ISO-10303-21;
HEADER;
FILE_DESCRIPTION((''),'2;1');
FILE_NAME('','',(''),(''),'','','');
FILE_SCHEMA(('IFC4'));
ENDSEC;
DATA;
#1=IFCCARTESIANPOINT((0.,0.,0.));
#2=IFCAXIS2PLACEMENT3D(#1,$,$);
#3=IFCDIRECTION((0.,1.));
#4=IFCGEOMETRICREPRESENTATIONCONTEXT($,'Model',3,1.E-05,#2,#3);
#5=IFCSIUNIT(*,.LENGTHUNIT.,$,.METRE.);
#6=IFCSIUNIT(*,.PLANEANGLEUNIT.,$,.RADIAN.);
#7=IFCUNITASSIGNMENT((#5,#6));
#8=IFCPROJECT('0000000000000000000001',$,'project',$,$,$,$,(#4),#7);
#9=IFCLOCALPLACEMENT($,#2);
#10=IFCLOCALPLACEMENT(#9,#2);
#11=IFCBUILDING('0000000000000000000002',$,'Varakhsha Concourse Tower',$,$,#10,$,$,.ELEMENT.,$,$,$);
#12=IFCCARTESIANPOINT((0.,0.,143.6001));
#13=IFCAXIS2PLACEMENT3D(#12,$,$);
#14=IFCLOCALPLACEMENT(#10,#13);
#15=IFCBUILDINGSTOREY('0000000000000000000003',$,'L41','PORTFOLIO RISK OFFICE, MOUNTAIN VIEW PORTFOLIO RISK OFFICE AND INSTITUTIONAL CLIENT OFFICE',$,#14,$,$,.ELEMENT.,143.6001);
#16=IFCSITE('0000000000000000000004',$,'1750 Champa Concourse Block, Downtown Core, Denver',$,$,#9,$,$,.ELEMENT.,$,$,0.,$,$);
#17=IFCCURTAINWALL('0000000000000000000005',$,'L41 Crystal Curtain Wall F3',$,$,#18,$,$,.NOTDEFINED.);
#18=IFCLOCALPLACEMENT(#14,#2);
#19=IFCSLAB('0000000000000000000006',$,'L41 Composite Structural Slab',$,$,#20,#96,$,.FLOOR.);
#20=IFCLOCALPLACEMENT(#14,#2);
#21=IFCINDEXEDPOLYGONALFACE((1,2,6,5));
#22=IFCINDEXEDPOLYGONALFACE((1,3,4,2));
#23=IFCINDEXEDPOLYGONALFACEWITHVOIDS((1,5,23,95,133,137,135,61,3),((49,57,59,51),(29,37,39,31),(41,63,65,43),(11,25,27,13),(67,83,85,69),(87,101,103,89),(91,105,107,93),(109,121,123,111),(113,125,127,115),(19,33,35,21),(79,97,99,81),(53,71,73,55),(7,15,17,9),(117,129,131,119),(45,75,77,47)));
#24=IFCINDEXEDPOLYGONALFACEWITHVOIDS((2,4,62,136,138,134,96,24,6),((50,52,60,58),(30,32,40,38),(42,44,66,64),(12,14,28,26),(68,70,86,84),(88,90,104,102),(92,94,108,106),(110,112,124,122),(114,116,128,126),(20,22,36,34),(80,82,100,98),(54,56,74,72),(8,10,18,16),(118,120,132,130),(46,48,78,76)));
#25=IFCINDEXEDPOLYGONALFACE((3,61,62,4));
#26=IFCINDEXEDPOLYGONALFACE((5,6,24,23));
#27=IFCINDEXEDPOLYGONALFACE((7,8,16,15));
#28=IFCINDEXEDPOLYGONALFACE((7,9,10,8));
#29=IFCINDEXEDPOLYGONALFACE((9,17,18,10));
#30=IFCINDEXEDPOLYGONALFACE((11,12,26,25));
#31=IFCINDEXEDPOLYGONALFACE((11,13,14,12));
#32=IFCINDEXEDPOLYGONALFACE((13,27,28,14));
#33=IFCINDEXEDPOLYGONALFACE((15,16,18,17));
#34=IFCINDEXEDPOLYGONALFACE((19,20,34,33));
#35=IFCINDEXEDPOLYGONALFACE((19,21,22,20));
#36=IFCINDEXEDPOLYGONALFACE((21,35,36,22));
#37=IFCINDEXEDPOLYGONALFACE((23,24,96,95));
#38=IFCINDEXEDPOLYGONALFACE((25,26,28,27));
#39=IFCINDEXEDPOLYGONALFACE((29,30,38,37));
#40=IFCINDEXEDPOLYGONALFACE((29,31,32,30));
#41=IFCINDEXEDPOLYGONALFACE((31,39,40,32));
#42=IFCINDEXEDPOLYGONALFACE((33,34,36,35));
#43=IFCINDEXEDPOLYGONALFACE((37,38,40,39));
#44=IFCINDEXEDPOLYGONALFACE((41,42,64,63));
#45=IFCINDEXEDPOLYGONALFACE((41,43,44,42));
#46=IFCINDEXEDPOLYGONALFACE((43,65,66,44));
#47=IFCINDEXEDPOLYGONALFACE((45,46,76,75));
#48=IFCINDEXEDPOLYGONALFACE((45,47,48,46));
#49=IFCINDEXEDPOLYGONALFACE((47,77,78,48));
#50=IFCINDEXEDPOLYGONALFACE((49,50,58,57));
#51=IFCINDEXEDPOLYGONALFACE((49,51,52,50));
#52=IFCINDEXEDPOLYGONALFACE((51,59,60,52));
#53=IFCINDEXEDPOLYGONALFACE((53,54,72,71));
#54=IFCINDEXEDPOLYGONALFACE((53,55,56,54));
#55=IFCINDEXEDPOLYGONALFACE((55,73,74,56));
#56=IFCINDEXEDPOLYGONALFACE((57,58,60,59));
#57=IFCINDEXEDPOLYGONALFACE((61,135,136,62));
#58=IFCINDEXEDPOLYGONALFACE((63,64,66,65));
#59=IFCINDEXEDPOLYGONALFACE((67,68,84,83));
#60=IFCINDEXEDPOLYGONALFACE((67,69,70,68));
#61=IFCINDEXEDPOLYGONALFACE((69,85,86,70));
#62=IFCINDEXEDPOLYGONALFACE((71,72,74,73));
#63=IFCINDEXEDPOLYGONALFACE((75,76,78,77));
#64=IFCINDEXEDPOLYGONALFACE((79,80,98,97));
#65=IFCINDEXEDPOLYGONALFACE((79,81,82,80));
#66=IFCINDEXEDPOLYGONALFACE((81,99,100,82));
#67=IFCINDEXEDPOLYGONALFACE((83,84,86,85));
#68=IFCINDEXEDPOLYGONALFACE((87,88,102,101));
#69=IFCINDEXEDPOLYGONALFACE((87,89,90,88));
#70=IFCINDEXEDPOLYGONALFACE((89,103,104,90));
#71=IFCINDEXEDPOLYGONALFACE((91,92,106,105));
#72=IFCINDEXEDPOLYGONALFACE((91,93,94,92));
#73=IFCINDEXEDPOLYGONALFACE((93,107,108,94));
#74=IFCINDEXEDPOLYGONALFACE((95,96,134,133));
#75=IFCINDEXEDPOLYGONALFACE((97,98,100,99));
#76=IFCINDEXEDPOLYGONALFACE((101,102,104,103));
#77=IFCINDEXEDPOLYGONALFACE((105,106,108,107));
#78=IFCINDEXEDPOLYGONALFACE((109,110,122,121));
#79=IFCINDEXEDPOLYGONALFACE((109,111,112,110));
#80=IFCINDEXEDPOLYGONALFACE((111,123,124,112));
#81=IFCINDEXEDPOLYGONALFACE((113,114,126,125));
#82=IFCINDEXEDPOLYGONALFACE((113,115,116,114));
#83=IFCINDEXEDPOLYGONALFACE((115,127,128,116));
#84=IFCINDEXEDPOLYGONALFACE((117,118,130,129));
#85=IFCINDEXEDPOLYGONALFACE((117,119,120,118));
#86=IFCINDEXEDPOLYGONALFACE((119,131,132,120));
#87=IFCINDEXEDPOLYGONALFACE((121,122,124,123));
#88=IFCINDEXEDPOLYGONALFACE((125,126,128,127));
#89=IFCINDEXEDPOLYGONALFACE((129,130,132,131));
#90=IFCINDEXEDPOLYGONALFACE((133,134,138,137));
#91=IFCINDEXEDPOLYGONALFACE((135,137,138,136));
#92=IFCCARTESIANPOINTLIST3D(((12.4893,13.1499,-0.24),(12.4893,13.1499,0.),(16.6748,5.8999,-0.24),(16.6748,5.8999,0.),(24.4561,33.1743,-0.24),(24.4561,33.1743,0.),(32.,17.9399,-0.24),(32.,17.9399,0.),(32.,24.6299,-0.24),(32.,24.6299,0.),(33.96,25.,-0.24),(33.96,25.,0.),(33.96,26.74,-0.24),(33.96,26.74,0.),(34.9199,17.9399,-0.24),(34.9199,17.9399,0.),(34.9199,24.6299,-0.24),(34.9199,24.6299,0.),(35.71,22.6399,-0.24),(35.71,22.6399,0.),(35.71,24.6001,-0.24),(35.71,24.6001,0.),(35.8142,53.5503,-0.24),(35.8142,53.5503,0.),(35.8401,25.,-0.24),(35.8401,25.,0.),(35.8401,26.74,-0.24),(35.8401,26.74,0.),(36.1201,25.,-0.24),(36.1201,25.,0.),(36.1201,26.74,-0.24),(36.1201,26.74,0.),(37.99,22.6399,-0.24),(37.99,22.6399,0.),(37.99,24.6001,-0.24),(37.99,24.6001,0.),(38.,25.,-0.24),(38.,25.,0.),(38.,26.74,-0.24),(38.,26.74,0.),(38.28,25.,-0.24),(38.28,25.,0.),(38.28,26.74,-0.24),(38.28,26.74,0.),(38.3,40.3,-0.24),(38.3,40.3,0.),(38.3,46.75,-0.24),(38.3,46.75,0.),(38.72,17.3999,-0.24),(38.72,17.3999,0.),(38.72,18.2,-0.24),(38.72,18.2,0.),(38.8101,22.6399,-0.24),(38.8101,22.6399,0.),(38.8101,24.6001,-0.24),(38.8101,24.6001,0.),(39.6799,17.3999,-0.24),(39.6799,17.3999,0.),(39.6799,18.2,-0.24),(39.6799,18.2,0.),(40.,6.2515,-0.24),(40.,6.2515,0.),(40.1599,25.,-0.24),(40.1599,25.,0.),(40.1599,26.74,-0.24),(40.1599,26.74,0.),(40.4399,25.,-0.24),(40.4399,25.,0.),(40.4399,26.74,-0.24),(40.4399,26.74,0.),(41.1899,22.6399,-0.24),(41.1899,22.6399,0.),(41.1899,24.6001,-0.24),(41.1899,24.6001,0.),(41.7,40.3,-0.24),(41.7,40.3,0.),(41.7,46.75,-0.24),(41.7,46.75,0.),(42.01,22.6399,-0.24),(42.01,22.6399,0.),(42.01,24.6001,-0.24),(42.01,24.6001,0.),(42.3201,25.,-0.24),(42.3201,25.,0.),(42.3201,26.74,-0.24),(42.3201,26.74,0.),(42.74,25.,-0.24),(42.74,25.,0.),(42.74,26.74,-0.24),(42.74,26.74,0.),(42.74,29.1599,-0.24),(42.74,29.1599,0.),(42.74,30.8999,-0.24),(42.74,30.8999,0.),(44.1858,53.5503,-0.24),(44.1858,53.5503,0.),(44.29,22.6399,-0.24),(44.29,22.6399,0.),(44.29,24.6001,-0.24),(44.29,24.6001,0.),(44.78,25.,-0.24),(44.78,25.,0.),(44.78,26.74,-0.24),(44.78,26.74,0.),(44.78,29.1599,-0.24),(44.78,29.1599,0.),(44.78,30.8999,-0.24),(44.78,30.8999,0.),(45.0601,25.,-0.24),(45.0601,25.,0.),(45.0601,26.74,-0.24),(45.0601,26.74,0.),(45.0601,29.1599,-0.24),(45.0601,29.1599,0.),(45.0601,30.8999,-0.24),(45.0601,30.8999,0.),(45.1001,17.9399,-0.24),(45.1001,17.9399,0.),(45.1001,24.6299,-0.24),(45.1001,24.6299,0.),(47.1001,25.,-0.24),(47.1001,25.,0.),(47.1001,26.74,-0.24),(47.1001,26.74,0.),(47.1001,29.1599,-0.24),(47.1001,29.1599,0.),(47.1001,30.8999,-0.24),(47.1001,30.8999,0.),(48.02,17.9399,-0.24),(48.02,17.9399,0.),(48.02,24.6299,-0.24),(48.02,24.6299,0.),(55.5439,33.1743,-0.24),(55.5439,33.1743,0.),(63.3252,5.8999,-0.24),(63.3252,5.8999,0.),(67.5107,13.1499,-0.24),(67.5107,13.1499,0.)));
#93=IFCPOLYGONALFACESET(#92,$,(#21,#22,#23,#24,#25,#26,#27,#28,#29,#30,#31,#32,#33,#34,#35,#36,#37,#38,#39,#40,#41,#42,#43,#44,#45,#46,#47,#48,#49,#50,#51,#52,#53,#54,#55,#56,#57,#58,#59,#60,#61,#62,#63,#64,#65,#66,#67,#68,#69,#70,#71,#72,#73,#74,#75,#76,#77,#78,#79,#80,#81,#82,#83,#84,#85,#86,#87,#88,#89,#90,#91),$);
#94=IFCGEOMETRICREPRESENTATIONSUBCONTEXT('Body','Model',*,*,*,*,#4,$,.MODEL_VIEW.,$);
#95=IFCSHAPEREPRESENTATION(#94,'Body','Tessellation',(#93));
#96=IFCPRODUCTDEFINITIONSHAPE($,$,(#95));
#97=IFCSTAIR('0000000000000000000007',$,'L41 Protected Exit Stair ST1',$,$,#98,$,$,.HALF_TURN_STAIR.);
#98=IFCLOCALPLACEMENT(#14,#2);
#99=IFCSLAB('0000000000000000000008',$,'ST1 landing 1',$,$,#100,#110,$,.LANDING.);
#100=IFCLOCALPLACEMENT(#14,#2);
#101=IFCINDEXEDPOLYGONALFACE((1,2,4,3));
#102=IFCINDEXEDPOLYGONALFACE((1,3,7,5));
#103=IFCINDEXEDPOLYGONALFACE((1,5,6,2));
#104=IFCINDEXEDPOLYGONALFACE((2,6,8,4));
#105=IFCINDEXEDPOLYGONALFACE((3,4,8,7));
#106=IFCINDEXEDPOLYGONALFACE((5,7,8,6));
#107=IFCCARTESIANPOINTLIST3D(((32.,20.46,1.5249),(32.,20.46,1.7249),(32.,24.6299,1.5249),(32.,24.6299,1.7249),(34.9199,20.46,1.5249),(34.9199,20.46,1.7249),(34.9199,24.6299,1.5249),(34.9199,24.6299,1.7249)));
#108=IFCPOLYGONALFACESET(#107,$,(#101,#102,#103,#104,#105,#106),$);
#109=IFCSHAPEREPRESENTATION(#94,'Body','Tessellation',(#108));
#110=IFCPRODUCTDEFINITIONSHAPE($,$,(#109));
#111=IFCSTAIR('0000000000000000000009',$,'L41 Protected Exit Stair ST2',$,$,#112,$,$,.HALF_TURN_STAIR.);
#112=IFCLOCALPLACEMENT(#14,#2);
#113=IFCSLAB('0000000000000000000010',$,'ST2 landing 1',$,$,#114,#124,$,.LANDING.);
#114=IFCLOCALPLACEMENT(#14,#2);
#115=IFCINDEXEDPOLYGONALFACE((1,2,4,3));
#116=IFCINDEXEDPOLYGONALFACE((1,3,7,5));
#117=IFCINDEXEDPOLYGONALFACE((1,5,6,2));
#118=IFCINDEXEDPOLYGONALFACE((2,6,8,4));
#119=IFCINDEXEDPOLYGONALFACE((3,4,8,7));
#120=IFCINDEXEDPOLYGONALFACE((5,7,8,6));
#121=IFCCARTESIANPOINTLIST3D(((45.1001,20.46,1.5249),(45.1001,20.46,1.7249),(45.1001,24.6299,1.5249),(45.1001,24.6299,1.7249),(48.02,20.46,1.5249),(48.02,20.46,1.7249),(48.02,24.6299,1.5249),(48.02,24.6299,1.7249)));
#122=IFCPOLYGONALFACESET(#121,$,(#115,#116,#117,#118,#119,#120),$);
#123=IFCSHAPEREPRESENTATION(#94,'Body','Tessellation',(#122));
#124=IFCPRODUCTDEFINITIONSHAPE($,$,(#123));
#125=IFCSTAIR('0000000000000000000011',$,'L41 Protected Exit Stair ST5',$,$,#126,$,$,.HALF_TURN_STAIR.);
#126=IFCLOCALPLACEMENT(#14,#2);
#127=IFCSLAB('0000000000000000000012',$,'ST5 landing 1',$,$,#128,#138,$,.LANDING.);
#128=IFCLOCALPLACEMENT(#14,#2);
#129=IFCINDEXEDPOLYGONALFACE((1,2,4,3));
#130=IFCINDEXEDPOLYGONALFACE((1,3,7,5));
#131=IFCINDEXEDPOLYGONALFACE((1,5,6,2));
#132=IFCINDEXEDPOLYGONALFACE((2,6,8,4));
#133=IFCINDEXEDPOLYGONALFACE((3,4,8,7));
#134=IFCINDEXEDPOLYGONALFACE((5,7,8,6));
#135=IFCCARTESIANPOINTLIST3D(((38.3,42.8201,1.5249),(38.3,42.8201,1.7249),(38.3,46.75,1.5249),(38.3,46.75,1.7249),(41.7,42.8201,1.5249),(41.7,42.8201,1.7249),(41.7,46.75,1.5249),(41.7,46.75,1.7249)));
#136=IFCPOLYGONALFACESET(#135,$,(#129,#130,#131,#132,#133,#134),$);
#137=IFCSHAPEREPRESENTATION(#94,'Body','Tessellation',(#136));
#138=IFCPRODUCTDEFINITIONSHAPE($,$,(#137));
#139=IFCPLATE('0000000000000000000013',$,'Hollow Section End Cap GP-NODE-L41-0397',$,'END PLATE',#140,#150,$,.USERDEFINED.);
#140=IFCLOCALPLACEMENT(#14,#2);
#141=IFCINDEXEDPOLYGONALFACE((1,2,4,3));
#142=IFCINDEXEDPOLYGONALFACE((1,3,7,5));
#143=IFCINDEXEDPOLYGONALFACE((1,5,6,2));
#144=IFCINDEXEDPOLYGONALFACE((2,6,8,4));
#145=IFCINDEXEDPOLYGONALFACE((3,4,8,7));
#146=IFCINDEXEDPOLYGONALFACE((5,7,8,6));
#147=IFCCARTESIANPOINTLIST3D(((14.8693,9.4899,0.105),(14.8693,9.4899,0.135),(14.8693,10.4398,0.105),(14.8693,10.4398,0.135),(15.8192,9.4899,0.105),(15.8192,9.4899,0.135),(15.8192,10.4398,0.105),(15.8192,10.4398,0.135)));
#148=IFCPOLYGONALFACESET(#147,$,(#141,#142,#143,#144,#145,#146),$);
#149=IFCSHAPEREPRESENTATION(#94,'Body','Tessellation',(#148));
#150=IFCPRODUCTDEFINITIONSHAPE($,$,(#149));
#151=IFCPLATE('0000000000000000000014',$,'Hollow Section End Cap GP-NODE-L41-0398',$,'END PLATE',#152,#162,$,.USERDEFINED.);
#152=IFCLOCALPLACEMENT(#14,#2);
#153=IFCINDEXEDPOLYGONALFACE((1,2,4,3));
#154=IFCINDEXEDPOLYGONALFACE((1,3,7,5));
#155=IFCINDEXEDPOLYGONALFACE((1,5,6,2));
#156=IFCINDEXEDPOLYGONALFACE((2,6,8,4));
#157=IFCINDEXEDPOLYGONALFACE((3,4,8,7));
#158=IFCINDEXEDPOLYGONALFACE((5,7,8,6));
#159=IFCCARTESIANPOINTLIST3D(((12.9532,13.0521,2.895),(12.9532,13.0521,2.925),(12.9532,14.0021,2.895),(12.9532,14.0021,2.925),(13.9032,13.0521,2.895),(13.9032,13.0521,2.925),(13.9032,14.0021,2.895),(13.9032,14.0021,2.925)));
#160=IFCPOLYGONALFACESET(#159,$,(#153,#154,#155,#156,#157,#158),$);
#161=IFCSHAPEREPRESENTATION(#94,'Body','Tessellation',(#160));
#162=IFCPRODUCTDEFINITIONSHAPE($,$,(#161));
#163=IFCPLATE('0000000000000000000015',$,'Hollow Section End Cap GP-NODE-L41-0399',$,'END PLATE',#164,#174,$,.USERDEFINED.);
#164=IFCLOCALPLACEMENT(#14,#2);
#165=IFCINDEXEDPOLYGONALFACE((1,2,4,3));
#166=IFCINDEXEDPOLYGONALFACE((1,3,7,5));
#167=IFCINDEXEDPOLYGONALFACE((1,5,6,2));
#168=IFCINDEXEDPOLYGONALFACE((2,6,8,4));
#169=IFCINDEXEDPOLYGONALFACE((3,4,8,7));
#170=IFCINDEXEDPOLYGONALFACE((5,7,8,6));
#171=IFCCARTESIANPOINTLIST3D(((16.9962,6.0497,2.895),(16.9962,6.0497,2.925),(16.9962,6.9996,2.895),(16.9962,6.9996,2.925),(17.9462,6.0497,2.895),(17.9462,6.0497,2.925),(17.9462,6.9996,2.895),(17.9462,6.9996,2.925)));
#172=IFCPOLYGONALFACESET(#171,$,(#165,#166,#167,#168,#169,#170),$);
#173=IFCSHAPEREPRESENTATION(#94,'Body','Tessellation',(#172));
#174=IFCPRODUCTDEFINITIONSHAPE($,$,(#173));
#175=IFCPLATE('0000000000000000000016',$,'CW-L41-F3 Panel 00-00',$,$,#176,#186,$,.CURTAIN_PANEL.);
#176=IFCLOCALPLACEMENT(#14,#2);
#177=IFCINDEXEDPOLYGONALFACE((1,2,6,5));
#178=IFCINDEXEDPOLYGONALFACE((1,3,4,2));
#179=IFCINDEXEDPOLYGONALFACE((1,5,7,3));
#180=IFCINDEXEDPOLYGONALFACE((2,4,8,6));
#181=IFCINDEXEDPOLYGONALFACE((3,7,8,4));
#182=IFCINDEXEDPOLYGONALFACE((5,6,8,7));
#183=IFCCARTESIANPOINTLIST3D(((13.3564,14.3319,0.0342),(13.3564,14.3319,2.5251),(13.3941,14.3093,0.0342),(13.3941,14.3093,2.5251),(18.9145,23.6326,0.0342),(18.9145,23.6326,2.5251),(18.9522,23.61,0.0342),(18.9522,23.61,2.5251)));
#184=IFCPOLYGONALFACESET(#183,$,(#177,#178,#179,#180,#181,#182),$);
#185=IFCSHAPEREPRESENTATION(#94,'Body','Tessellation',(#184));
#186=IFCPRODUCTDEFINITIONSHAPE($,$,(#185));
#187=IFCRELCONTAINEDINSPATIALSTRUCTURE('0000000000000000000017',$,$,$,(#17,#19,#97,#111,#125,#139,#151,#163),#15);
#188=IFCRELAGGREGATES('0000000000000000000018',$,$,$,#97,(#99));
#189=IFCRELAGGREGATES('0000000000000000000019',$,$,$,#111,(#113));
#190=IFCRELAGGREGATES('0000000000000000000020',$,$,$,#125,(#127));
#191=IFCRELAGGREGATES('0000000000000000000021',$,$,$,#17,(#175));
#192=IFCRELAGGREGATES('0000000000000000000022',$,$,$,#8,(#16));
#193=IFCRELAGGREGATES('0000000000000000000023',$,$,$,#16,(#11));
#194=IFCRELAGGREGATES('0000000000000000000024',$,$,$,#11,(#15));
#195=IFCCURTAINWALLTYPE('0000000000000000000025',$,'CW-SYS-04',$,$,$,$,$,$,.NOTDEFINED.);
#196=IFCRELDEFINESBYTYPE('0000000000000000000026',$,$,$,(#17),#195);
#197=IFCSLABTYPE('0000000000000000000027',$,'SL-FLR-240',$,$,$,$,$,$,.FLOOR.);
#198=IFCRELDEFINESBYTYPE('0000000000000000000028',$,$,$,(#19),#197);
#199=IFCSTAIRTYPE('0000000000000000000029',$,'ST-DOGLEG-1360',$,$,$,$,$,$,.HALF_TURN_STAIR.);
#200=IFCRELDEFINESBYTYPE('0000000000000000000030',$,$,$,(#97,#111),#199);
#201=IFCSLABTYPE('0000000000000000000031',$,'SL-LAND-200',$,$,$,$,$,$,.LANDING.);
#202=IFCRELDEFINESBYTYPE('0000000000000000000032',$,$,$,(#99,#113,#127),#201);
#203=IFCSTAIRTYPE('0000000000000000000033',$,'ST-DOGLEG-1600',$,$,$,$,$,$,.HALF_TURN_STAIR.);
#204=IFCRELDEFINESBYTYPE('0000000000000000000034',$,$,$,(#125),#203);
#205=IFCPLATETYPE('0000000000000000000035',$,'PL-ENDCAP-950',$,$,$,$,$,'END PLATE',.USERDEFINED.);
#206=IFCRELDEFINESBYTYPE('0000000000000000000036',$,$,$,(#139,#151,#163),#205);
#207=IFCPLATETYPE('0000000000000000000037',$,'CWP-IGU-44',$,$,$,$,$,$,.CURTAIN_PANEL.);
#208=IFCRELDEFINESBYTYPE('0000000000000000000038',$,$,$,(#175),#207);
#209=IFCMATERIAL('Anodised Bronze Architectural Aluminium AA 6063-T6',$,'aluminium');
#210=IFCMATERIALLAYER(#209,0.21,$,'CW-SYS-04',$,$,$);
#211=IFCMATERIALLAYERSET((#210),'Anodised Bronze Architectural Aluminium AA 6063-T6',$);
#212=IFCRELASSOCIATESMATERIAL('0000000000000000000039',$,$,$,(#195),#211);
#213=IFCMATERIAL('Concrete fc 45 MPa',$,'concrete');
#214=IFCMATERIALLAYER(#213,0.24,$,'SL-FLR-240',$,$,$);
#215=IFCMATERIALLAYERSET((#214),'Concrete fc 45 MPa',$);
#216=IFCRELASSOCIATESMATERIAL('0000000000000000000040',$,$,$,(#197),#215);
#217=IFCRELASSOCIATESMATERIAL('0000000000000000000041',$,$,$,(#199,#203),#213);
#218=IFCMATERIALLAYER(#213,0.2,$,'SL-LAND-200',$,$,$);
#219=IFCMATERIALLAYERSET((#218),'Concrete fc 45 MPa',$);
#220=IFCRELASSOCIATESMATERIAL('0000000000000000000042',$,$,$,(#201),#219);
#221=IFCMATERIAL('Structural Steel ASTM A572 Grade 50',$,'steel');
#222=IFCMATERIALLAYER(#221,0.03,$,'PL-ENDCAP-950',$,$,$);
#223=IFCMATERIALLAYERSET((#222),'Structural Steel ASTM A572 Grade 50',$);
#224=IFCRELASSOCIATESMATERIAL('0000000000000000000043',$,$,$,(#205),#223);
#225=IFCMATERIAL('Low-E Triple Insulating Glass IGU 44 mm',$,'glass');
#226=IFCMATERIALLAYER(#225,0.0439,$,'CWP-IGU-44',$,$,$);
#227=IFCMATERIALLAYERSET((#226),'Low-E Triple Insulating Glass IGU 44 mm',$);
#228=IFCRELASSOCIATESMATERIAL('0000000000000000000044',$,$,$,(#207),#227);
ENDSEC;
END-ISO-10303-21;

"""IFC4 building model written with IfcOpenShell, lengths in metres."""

from ifc_helpers import new_model, si_unit, direction, frame, origin, origin_2d, place, context, subcontext, project, spatial, polyline, rectangle, outline, extrude, source, transform, mapped, material, layer, layer_set, type_object, type_shapes, element, aggregate, save


model = new_model("IFC4")

# Units and contexts
model_context = context("Model", 3, precision=1e-05, world=origin(), true_north=direction((0.0, 1.0)))
body_context = subcontext(model_context, "Body", "Model", "MODEL_VIEW")
ifc_project = project(units=[si_unit("LENGTHUNIT", "METRE"), si_unit("PLANEANGLEUNIT", "RADIAN")], contexts=[model_context])

# Site, building, storey
site_placement = place(None, origin())
site = spatial("IfcSite", under=ifc_project, at=site_placement, Name="1750 Champa Concourse Block, Downtown Core, Denver", CompositionType="ELEMENT", RefElevation=0.0)
building_placement = place(site_placement, origin())
building = spatial("IfcBuilding", under=site, at=building_placement, Name="Varakhsha Concourse Tower", CompositionType="ELEMENT")
storey_placement = place(building_placement, frame((0.0, 0.0, 143.6001)))
storey = spatial("IfcBuildingStorey", under=building, at=storey_placement, Name="L41", Description="PORTFOLIO RISK OFFICE, MOUNTAIN VIEW PORTFOLIO RISK OFFICE AND INSTITUTIONAL CLIENT OFFICE", CompositionType="ELEMENT", Elevation=143.6001)

# Shared definitions
ifc_material_1 = material(Name="Structural Steel ASTM A572 Grade 50", Category="steel")

# Curtain wall
ifc_material_2 = material(Name="Anodised Bronze Architectural Aluminium AA 6063-T6", Category="aluminium")
ifc_layer_1 = layer(ifc_material_2, 0.21, Name="CW-SYS-04")
ifc_layer_set_1 = layer_set([ifc_layer_1], Name="Anodised Bronze Architectural Aluminium AA 6063-T6")
curtain_wall_type = type_object("IfcCurtainWallType", Name="CW-SYS-04", PredefinedType="NOTDEFINED", material=ifc_layer_set_1)
curtain_wall_1_placement = place(storey_placement, origin())
curtain_wall_1 = element("IfcCurtainWall", 1, at=curtain_wall_1_placement, inside=storey, type_object=curtain_wall_type, Name="L41 Crystal Curtain Wall F3", PredefinedType="NOTDEFINED")

# Slab
ifc_material_3 = material(Name="Concrete fc 45 MPa", Category="concrete")
ifc_layer_2 = layer(ifc_material_3, 0.24, Name="SL-FLR-240")
ifc_layer_set_2 = layer_set([ifc_layer_2], Name="Concrete fc 45 MPa")
slab_type_1 = type_object("IfcSlabType", Name="SL-FLR-240", PredefinedType="FLOOR", material=ifc_layer_set_2)
slab_1_placement = place(storey_placement, frame((0.0, 0.0, -0.24)))
element("IfcSlab", 2, at=slab_1_placement, inside=storey, type_object=slab_type_1, Name="L41 Composite Structural Slab", PredefinedType="FLOOR", context=body_context, shape_type="SweptSolid", body=[
    extrude(outline(polyline([(44.1858, 53.5503), (35.8142, 53.5503), (24.4561, 33.1743), (12.4893, 13.1499), (16.6748, 5.8999), (40.0, 6.2515), (63.3252, 5.8999), (67.5107, 13.1499), (55.5439, 33.1743), (44.1858, 53.5503)]), holes=[polyline([(34.9199, 17.9399), (34.9199, 24.6299), (32.0, 24.6299), (32.0, 17.9399), (34.9199, 17.9399)]), polyline([(48.02, 17.9399), (48.02, 24.6299), (45.1001, 24.6299), (45.1001, 17.9399), (48.02, 17.9399)]), polyline([(41.7, 40.3), (41.7, 46.75), (38.3, 46.75), (38.3, 40.3), (41.7, 40.3)]), polyline([(33.96, 25.0), (35.8401, 25.0), (35.8401, 26.74), (33.96, 26.74), (33.96, 25.0)]), polyline([(36.1201, 25.0), (38.0, 25.0), (38.0, 26.74), (36.1201, 26.74), (36.1201, 25.0)]), polyline([(38.28, 25.0), (40.1599, 25.0), (40.1599, 26.74), (38.28, 26.74), (38.28, 25.0)]), polyline([(40.4399, 25.0), (42.3201, 25.0), (42.3201, 26.74), (40.4399, 26.74), (40.4399, 25.0)]), polyline([(42.74, 29.1599), (44.78, 29.1599), (44.78, 30.8999), (42.74, 30.8999), (42.74, 29.1599)]), polyline([(45.0601, 29.1599), (47.1001, 29.1599), (47.1001, 30.8999), (45.0601, 30.8999), (45.0601, 29.1599)]), polyline([(42.74, 25.0), (44.78, 25.0), (44.78, 26.74), (42.74, 26.74), (42.74, 25.0)]), polyline([(45.0601, 25.0), (47.1001, 25.0), (47.1001, 26.74), (45.0601, 26.74), (45.0601, 25.0)]), polyline([(35.71, 22.6399), (37.99, 22.6399), (37.99, 24.6001), (35.71, 24.6001), (35.71, 22.6399)]), polyline([(42.01, 22.6399), (44.29, 22.6399), (44.29, 24.6001), (42.01, 24.6001), (42.01, 22.6399)]), polyline([(38.8101, 22.6399), (41.1899, 22.6399), (41.1899, 24.6001), (38.8101, 24.6001), (38.8101, 22.6399)]), polyline([(38.72, 17.3999), (39.6799, 17.3999), (39.6799, 18.2), (38.72, 18.2), (38.72, 17.3999)])]), origin(), (0.0, 0.0, 1.0), 0.24),
])

# Stairs, slabs
stair_type_1 = type_object("IfcStairType", Name="ST-DOGLEG-1360", PredefinedType="HALF_TURN_STAIR", material=ifc_material_3)
stair_1_placement = place(storey_placement, origin())
stair_1 = element("IfcStair", 3, at=stair_1_placement, inside=storey, type_object=stair_type_1, Name="L41 Protected Exit Stair ST1", PredefinedType="HALF_TURN_STAIR")
ifc_layer_3 = layer(ifc_material_3, 0.2, Name="SL-LAND-200")
ifc_layer_set_3 = layer_set([ifc_layer_3], Name="Concrete fc 45 MPa")
slab_type_2 = type_object("IfcSlabType", Name="SL-LAND-200", PredefinedType="LANDING", material=ifc_layer_set_3)
slab_2_placement = place(storey_placement, frame((0.0, 0.0, 1.5249)))
slab_2 = element("IfcSlab", 4, at=slab_2_placement, type_object=slab_type_2, Name="ST1 landing 1", PredefinedType="LANDING", context=body_context, shape_type="SweptSolid", body=[
    extrude(outline(polyline([(34.9199, 20.46), (34.9199, 24.6299), (32.0, 24.6299), (32.0, 20.46), (34.9199, 20.46)])), origin(), (0.0, 0.0, 1.0), 0.2),
])
aggregate(stair_1, [slab_2])
stair_2_placement = place(storey_placement, origin())
stair_2 = element("IfcStair", 5, at=stair_2_placement, inside=storey, type_object=stair_type_1, Name="L41 Protected Exit Stair ST2", PredefinedType="HALF_TURN_STAIR")
slab_3_placement = place(storey_placement, frame((0.0, 0.0, 1.5249)))
slab_3 = element("IfcSlab", 6, at=slab_3_placement, type_object=slab_type_2, Name="ST2 landing 1", PredefinedType="LANDING", context=body_context, shape_type="SweptSolid", body=[
    extrude(outline(polyline([(48.02, 20.46), (48.02, 24.6299), (45.1001, 24.6299), (45.1001, 20.46), (48.02, 20.46)])), origin(), (0.0, 0.0, 1.0), 0.2),
])
aggregate(stair_2, [slab_3])
stair_type_2 = type_object("IfcStairType", Name="ST-DOGLEG-1600", PredefinedType="HALF_TURN_STAIR", material=ifc_material_3)
stair_3_placement = place(storey_placement, origin())
stair_3 = element("IfcStair", 7, at=stair_3_placement, inside=storey, type_object=stair_type_2, Name="L41 Protected Exit Stair ST5", PredefinedType="HALF_TURN_STAIR")
slab_4_placement = place(storey_placement, frame((0.0, 0.0, 1.5249)))
slab_4 = element("IfcSlab", 8, at=slab_4_placement, type_object=slab_type_2, Name="ST5 landing 1", PredefinedType="LANDING", context=body_context, shape_type="SweptSolid", body=[
    extrude(outline(polyline([(41.7, 42.8201), (41.7, 46.75), (38.3, 46.75), (38.3, 42.8201), (41.7, 42.8201)])), origin(), (0.0, 0.0, 1.0), 0.2),
])
aggregate(stair_3, [slab_4])

# Plates
ifc_layer_4 = layer(ifc_material_1, 0.03, Name="PL-ENDCAP-950")
ifc_layer_set_4 = layer_set([ifc_layer_4], Name="Structural Steel ASTM A572 Grade 50")
plate_type_1 = type_object("IfcPlateType", Name="PL-ENDCAP-950", ElementType="END PLATE", PredefinedType="USERDEFINED", material=ifc_layer_set_4)
shared_shape_1 = source(origin(), body_context, "Body", "SweptSolid", [
    extrude(rectangle(XDim=0.95, YDim=0.95, at=origin_2d()), origin(), (0.0, 0.0, 1.0), 0.03),
])
type_shapes(plate_type_1, [shared_shape_1])
for number, where, z_axis, x_axis, name in (
    (9, (15.3442, 9.9648, 0.105), (0.0, 0.0, 1.0), (1.0, 0.0, 0.0), "Hollow Section End Cap GP-NODE-L41-0397"),
    (10, (13.4282, 13.5271, 2.895), (0.0, 0.0, 1.0), (1.0, 0.0, 0.0), "Hollow Section End Cap GP-NODE-L41-0398"),
    (11, (17.4712, 6.5247, 2.895), (0.0, 0.0, 1.0), (1.0, 0.0, 0.0), "Hollow Section End Cap GP-NODE-L41-0399"),
):
    element("IfcPlate", number, at=place(storey_placement, frame(where, z_axis=z_axis, x_axis=x_axis)), inside=storey, type_object=plate_type_1, Name=name, ObjectType="END PLATE", PredefinedType="USERDEFINED", context=body_context, shape_type="MappedRepresentation", body=[
        mapped(shared_shape_1, transform((0.0, 0.0, 0.0), scale=1.0)),
    ])

# Plate
ifc_material_4 = material(Name="Low-E Triple Insulating Glass IGU 44 mm", Category="glass")
ifc_layer_5 = layer(ifc_material_4, 0.0439, Name="CWP-IGU-44")
ifc_layer_set_5 = layer_set([ifc_layer_5], Name="Low-E Triple Insulating Glass IGU 44 mm")
plate_type_2 = type_object("IfcPlateType", Name="CWP-IGU-44", PredefinedType="CURTAIN_PANEL", material=ifc_layer_set_5)
shared_shape_2 = source(origin(), body_context, "Body", "SweptSolid", [
    extrude(rectangle(XDim=10.835, YDim=0.0439, at=origin_2d()), origin(), (0.0, 0.0, 1.0), 2.491),
])
type_shapes(plate_type_2, [shared_shape_2])
plate_1_placement = place(storey_placement, frame((16.1543, 18.9709, 0.0342), z_axis=(0.0, 0.0, 1.0), x_axis=(0.512984, 0.858398, 0.0)))
plate_1 = element("IfcPlate", 12, at=plate_1_placement, type_object=plate_type_2, Name="CW-L41-F3 Panel 00-00", PredefinedType="CURTAIN_PANEL", context=body_context, shape_type="MappedRepresentation", body=[
    mapped(shared_shape_2, transform((0.0, 0.0, 0.0), scale=1.0)),
])
aggregate(curtain_wall_1, [plate_1])

save(model, "model.ifc")
